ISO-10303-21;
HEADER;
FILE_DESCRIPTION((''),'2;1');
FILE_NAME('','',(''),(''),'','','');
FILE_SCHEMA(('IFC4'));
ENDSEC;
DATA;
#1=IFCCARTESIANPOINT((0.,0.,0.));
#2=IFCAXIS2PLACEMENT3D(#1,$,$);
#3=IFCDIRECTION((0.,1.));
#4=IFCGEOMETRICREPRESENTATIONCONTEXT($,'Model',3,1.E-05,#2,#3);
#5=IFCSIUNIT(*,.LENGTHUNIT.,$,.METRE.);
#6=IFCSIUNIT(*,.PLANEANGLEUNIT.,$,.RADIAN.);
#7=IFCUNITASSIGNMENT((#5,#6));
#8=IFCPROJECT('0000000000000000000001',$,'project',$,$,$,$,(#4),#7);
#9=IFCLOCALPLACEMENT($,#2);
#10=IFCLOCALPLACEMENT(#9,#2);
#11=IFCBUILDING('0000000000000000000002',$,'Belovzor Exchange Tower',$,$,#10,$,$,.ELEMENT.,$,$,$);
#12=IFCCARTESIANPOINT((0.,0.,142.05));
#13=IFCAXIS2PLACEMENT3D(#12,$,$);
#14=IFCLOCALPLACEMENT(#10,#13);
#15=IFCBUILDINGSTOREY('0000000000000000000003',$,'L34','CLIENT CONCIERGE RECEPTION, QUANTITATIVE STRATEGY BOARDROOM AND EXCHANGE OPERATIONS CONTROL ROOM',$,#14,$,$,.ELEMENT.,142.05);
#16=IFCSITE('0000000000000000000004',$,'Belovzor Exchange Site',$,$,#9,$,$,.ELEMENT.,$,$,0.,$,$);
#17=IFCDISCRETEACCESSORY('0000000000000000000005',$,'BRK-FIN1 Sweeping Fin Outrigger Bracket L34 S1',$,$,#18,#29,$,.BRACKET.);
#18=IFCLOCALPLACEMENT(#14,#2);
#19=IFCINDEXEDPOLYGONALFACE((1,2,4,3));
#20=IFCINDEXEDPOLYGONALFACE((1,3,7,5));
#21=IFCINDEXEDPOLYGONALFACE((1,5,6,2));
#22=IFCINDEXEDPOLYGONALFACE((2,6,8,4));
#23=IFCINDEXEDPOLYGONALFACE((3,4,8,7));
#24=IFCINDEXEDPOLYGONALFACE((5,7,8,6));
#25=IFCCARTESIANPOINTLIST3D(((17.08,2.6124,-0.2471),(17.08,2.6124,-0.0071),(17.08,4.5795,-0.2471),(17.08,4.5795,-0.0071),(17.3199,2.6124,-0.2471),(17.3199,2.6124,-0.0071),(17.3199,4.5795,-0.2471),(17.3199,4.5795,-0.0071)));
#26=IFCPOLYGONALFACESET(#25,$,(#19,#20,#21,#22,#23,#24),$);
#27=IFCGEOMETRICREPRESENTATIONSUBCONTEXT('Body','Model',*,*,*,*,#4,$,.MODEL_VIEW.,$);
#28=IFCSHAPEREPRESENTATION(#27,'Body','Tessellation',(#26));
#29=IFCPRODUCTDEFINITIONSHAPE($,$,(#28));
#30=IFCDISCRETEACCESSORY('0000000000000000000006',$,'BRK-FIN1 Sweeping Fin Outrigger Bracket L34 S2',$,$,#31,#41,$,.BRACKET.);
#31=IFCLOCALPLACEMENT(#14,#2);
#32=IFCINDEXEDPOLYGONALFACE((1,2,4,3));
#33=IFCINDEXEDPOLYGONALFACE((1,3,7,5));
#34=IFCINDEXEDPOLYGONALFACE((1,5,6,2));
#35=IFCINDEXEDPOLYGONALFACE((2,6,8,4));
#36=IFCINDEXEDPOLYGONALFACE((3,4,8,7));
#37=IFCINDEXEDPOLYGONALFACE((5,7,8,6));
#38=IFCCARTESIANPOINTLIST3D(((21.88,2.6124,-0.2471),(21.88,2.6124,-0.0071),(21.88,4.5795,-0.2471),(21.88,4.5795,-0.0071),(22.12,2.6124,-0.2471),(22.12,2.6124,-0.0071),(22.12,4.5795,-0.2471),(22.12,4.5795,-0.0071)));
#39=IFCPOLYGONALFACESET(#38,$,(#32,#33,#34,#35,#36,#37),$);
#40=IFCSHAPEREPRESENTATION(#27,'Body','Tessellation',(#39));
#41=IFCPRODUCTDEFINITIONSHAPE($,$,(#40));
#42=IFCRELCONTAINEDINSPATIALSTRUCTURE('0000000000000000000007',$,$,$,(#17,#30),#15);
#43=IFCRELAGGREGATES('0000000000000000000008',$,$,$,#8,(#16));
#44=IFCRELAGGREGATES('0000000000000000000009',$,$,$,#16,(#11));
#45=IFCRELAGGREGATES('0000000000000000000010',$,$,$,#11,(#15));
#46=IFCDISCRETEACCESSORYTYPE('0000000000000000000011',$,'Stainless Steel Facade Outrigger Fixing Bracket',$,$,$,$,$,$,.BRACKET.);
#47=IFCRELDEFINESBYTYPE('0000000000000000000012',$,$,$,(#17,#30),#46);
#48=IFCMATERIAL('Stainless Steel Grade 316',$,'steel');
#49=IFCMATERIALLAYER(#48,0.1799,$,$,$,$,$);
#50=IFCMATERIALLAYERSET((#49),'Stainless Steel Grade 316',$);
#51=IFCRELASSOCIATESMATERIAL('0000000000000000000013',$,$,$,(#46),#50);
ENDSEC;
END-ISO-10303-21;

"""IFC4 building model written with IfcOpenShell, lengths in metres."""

from ifc_helpers import new_model, si_unit, direction, frame, origin, origin_2d, place, context, subcontext, project, spatial, rectangle, extrude, material, layer, layer_set, type_object, element, save


model = new_model("IFC4")

# Units and contexts
model_context = context("Model", 3, precision=1e-05, world=origin(), true_north=direction((0.0, 1.0)))
body_context = subcontext(model_context, "Body", "Model", "MODEL_VIEW")
ifc_project = project(units=[si_unit("LENGTHUNIT", "METRE"), si_unit("PLANEANGLEUNIT", "RADIAN")], contexts=[model_context])

# Site, building, storey
site_placement = place(None, origin())
site = spatial("IfcSite", under=ifc_project, at=site_placement, Name="Belovzor Exchange Site", CompositionType="ELEMENT", RefElevation=0.0)
building_placement = place(site_placement, origin())
building = spatial("IfcBuilding", under=site, at=building_placement, Name="Belovzor Exchange Tower", CompositionType="ELEMENT")
storey_placement = place(building_placement, frame((0.0, 0.0, 142.05)))
storey = spatial("IfcBuildingStorey", under=building, at=storey_placement, Name="L34", Description="CLIENT CONCIERGE RECEPTION, QUANTITATIVE STRATEGY BOARDROOM AND EXCHANGE OPERATIONS CONTROL ROOM", CompositionType="ELEMENT", Elevation=142.05)

# Discrete accessories
ifc_material_1 = material(Name="Stainless Steel Grade 316", Category="steel")
ifc_layer_1 = layer(ifc_material_1, 0.1799)
ifc_layer_set_1 = layer_set([ifc_layer_1], Name="Stainless Steel Grade 316")
discrete_accessory_type = type_object("IfcDiscreteAccessoryType", Name="Stainless Steel Facade Outrigger Fixing Bracket", PredefinedType="BRACKET", material=ifc_layer_set_1)
for number, where, z_axis, x_axis, name in (
    (1, (17.2, 3.5959, -0.2471), (0.0, 0.0, 1.0), (0.0, 1.0, 0.0), "BRK-FIN1 Sweeping Fin Outrigger Bracket L34 S1"),
    (2, (22.0, 3.5959, -0.2471), (0.0, 0.0, 1.0), (0.0, 1.0, 0.0), "BRK-FIN1 Sweeping Fin Outrigger Bracket L34 S2"),
):
    element("IfcDiscreteAccessory", number, at=place(storey_placement, frame(where, z_axis=z_axis, x_axis=x_axis)), inside=storey, type_object=discrete_accessory_type, Name=name, PredefinedType="BRACKET", context=body_context, shape_type="SweptSolid", body=[
        extrude(rectangle(XDim=1.967, YDim=0.24, at=origin_2d()), origin(), (0.0, 0.0, 1.0), 0.24),
    ])

save(model, "model.ifc")
